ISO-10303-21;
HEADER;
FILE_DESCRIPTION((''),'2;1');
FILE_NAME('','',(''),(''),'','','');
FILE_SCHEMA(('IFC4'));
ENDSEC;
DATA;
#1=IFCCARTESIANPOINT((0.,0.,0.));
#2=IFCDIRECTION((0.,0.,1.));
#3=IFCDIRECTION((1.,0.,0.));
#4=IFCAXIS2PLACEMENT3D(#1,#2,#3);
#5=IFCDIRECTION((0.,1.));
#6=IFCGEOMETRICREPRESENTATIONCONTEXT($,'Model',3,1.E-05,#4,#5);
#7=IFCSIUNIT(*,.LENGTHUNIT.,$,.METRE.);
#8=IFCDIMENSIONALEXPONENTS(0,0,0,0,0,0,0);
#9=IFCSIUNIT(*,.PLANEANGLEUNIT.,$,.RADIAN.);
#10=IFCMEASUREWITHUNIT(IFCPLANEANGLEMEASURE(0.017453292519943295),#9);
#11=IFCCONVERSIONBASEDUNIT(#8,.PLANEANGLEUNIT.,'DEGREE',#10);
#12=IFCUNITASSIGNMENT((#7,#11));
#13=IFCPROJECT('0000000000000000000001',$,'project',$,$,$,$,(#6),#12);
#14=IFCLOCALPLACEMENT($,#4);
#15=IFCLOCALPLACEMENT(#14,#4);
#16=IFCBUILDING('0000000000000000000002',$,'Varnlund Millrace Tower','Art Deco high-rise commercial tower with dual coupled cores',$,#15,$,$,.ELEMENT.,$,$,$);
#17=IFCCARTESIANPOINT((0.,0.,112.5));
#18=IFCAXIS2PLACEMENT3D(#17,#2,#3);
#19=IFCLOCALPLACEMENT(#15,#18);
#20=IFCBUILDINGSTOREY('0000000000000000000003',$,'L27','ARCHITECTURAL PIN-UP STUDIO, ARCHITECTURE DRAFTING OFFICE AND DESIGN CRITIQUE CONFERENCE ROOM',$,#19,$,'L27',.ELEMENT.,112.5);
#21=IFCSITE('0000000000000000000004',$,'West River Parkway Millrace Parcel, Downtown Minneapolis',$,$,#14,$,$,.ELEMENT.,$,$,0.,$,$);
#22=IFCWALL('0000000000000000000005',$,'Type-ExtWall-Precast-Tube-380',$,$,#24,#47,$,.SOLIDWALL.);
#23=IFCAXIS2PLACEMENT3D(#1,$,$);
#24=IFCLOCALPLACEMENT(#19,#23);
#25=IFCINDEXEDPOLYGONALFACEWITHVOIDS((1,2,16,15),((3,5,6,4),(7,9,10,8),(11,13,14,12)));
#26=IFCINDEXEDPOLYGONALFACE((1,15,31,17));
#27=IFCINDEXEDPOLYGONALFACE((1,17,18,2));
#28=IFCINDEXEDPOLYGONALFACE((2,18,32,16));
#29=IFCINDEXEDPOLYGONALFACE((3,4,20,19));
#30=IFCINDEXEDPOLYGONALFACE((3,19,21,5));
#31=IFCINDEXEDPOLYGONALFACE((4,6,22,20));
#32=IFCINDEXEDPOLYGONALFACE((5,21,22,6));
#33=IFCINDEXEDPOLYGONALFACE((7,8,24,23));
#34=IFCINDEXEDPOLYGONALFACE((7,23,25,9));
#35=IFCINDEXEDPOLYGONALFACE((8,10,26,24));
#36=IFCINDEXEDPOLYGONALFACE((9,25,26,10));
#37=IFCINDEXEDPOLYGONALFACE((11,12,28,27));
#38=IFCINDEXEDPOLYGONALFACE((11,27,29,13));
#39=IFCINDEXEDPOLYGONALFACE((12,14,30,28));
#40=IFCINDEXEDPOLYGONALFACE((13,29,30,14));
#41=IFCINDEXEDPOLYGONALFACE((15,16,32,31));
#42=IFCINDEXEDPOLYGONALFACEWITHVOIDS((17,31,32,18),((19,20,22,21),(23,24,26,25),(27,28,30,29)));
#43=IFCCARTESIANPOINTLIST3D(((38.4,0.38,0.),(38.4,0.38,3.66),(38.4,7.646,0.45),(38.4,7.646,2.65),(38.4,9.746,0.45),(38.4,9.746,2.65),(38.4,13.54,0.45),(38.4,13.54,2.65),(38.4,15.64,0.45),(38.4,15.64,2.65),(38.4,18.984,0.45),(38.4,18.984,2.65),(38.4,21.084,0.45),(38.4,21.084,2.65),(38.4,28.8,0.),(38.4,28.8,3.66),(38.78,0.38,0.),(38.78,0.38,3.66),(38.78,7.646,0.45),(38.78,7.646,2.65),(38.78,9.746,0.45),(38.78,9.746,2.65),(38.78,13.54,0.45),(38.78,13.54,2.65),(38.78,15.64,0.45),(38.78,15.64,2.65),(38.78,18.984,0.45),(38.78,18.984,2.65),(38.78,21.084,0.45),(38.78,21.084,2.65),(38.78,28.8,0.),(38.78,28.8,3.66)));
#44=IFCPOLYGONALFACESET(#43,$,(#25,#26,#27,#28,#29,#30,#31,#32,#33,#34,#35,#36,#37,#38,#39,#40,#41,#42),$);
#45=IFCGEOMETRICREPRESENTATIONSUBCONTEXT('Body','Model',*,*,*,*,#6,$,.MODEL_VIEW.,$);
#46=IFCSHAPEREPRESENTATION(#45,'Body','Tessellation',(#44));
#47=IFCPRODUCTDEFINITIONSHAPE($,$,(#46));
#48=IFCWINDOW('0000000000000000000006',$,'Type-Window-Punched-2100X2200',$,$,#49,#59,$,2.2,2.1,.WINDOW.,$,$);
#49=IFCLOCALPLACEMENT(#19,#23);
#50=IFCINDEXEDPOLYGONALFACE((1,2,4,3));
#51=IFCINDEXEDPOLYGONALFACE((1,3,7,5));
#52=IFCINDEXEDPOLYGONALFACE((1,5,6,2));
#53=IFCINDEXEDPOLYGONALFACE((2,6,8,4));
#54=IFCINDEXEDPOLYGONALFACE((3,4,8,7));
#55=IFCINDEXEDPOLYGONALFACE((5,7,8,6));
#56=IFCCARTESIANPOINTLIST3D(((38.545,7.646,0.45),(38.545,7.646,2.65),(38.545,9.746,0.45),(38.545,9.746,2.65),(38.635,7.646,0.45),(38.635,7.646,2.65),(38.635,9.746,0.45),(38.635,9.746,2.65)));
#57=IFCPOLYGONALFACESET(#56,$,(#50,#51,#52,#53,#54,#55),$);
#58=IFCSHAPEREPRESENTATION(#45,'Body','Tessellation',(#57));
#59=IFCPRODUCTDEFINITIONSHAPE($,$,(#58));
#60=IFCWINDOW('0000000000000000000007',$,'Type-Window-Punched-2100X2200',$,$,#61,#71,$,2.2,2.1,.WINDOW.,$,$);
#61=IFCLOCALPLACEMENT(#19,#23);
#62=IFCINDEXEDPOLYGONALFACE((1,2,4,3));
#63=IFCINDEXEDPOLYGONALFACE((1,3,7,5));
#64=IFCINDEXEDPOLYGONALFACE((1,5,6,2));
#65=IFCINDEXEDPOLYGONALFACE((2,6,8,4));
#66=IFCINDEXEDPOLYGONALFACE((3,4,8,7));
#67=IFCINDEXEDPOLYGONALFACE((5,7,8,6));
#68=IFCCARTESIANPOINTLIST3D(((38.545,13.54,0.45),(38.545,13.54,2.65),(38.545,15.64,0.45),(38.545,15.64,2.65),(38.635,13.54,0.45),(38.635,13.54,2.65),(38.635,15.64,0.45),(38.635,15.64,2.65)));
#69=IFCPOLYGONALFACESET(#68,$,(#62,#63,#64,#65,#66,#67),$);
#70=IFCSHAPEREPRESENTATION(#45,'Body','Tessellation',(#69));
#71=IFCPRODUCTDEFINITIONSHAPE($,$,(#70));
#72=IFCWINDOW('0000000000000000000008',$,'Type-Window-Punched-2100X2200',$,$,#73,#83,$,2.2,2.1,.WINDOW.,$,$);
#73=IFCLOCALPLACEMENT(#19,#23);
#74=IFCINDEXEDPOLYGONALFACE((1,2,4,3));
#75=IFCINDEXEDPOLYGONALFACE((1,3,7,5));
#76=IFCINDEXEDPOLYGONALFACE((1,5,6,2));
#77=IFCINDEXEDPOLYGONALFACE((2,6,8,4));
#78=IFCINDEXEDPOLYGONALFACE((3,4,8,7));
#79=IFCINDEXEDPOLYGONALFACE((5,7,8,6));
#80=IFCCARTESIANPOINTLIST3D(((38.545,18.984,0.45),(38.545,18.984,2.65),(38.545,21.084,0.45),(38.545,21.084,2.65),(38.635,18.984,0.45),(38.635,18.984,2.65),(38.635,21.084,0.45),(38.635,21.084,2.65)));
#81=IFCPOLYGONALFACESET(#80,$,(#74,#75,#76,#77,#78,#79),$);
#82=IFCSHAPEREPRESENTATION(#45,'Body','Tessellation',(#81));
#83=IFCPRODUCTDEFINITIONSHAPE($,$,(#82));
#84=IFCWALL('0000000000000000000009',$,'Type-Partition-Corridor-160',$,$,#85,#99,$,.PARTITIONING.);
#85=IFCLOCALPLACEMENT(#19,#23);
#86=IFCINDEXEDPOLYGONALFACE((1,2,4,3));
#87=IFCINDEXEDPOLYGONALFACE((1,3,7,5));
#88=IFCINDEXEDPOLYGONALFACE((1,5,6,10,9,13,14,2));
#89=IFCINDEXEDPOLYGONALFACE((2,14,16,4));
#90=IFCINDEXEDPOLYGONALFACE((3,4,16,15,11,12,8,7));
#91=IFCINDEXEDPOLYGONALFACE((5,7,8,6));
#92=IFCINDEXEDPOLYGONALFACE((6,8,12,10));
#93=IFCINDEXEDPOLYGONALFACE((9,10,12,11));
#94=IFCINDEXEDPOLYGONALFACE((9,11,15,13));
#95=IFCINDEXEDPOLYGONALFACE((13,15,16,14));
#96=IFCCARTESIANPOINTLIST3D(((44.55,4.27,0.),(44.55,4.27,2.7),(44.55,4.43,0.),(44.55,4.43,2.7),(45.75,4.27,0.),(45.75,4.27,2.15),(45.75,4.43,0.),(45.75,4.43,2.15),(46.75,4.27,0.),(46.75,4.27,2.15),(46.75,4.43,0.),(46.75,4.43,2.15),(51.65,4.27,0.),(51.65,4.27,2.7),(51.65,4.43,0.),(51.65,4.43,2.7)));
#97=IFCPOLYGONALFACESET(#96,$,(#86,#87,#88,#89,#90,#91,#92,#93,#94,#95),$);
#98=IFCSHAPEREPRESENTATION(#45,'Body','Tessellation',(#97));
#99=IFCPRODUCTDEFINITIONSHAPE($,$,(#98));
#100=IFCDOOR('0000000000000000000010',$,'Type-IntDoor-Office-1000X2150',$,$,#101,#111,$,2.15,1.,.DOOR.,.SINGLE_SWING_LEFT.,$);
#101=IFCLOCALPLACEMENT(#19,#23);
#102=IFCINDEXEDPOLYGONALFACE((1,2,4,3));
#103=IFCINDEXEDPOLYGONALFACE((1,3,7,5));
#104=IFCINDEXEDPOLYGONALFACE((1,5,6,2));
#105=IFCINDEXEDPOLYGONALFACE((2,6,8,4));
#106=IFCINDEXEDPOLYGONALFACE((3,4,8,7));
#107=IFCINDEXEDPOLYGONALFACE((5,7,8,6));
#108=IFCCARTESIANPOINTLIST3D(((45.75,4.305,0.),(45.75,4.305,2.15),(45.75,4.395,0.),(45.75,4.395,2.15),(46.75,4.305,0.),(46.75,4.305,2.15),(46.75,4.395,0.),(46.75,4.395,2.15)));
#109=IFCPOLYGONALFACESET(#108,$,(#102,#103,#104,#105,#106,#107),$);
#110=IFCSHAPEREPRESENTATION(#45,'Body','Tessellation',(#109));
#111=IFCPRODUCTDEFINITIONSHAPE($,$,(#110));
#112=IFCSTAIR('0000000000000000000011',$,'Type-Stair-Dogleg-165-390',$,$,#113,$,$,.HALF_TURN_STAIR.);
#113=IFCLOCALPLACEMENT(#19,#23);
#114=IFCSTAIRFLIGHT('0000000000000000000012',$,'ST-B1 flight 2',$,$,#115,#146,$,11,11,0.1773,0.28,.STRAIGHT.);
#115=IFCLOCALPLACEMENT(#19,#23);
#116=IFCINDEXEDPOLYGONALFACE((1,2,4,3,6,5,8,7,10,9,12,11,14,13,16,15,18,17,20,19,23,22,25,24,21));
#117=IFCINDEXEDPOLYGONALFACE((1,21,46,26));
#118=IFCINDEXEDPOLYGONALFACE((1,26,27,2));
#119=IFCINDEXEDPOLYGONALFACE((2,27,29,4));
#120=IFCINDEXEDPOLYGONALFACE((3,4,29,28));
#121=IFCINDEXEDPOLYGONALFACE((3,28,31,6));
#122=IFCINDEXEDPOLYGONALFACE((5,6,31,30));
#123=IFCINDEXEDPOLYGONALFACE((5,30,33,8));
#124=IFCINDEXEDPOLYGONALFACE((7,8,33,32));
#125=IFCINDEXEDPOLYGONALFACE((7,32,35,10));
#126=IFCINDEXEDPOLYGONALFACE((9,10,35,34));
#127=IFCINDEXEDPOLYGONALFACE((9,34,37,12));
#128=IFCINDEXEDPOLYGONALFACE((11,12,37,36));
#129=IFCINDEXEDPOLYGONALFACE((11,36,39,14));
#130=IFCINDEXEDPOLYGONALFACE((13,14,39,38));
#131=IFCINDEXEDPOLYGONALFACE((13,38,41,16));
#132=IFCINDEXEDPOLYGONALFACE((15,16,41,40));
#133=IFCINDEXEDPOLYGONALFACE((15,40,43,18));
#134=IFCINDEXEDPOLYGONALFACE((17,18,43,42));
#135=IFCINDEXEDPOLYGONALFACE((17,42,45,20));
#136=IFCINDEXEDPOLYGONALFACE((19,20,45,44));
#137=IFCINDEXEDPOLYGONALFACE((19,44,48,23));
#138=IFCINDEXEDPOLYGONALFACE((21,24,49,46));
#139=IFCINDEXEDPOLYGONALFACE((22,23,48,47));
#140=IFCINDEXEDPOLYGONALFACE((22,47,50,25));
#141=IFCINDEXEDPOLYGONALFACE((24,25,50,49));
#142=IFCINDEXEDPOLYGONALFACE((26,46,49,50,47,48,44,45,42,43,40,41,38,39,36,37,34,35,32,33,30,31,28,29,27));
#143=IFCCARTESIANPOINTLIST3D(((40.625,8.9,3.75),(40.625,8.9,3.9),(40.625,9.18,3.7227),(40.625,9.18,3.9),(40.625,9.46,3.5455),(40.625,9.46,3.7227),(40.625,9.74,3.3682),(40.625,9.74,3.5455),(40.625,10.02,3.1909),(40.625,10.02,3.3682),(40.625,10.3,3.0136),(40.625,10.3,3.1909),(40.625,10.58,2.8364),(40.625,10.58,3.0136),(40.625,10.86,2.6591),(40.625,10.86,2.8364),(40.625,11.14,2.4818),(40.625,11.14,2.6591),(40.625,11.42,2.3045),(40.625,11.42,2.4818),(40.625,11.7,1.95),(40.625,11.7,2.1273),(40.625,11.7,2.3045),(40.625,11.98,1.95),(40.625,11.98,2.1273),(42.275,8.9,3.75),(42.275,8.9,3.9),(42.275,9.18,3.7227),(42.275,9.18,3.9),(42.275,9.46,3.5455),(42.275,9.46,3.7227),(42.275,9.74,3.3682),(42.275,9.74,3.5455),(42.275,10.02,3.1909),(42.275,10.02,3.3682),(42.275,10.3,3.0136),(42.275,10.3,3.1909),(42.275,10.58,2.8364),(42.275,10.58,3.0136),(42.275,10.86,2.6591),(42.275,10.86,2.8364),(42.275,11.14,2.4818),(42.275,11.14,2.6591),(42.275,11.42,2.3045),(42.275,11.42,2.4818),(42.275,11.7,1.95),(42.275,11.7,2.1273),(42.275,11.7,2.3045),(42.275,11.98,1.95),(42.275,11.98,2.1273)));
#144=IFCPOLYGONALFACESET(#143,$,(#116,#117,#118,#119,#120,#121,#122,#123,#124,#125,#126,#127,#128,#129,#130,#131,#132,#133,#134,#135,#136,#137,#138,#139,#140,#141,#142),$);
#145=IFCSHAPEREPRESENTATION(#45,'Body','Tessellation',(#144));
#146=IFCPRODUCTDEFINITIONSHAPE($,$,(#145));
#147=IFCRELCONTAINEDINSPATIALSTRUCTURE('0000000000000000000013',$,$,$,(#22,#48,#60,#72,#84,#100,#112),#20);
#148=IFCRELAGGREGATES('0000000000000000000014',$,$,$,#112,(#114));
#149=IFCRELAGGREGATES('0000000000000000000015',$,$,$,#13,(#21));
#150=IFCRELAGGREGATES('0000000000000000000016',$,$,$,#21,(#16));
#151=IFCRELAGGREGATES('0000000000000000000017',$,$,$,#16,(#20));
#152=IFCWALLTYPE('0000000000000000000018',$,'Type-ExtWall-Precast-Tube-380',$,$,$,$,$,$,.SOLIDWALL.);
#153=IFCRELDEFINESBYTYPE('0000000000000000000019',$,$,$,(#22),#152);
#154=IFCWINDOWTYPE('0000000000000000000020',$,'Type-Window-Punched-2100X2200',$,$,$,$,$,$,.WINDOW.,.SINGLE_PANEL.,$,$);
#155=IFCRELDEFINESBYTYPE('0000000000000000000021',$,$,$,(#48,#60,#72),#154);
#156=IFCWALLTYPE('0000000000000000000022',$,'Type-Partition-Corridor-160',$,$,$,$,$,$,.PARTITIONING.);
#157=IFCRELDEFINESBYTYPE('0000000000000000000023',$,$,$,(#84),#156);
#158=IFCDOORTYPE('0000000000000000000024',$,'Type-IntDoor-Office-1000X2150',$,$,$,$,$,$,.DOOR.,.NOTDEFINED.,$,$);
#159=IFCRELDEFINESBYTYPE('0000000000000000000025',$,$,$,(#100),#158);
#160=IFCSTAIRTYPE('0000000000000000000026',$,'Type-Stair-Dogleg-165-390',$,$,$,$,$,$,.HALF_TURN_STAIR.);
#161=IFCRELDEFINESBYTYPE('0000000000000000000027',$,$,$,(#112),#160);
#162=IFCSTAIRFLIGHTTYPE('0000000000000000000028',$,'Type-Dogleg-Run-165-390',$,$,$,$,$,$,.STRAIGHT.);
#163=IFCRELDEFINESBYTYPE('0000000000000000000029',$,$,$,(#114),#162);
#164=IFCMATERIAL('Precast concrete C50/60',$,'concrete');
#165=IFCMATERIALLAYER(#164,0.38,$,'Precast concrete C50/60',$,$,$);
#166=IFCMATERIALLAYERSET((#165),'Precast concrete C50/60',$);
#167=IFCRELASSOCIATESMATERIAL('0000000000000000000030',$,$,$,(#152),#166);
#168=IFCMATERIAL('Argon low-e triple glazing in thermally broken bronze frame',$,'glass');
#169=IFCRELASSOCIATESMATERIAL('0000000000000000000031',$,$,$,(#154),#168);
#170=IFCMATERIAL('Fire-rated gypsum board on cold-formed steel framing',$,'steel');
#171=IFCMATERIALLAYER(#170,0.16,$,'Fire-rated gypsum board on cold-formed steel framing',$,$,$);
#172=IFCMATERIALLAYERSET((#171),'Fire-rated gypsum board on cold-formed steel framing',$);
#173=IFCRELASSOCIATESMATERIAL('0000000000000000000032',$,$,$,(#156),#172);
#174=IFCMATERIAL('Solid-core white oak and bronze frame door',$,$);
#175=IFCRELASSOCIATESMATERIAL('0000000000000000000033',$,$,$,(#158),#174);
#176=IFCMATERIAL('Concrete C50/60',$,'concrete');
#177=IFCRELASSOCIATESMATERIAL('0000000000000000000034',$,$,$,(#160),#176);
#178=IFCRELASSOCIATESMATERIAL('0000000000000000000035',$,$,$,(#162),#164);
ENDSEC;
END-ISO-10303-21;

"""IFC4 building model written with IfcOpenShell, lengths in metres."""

from ifc_helpers import new_model, entity, si_unit, converted_unit, direction, frame, origin_with_axes, origin_2d_with_axis, place, context, subcontext, project, spatial, polyline, rectangle, outline, extrude, material, layer, layer_set, type_object, element, fill, aggregate, save


model = new_model("IFC4")

# Units and contexts
model_context = context("Model", 3, precision=1e-05, world=origin_with_axes(), true_north=direction((0.0, 1.0)))
body_context = subcontext(model_context, "Body", "Model", "MODEL_VIEW")
ifc_project = project(units=[si_unit("LENGTHUNIT", "METRE"), converted_unit("PLANEANGLEUNIT", "DEGREE", entity("IfcPlaneAngleMeasure", 0.017453292519943295), si_unit("PLANEANGLEUNIT", "RADIAN"), dimensions=[0, 0, 0, 0, 0, 0, 0])], contexts=[model_context])

# Site, building, storey
site_placement = place(None, origin_with_axes())
site = spatial("IfcSite", under=ifc_project, at=site_placement, Name="West River Parkway Millrace Parcel, Downtown Minneapolis", CompositionType="ELEMENT", RefElevation=0.0)
building_placement = place(site_placement, origin_with_axes())
building = spatial("IfcBuilding", under=site, at=building_placement, Name="Varnlund Millrace Tower", Description="Art Deco high-rise commercial tower with dual coupled cores", CompositionType="ELEMENT")
storey_placement = place(building_placement, frame((0.0, 0.0, 112.5), z_axis=(0.0, 0.0, 1.0), x_axis=(1.0, 0.0, 0.0)))
storey = spatial("IfcBuildingStorey", under=building, at=storey_placement, Name="L27", Description="ARCHITECTURAL PIN-UP STUDIO, ARCHITECTURE DRAFTING OFFICE AND DESIGN CRITIQUE CONFERENCE ROOM", LongName="L27", CompositionType="ELEMENT", Elevation=112.5)

# Wall, openings, windows
ifc_material_1 = material(Name="Precast concrete C50/60", Category="concrete")
ifc_layer_1 = layer(ifc_material_1, 0.38, Name="Precast concrete C50/60")
ifc_layer_set_1 = layer_set([ifc_layer_1], Name="Precast concrete C50/60")
wall_type_1 = type_object("IfcWallType", Name="Type-ExtWall-Precast-Tube-380", PredefinedType="SOLIDWALL", material=ifc_layer_set_1)
ifc_material_2 = material(Name="Argon low-e triple glazing in thermally broken bronze frame", Category="glass")
window_type = type_object("IfcWindowType", Name="Type-Window-Punched-2100X2200", PartitioningType="SINGLE_PANEL", PredefinedType="WINDOW", material=ifc_material_2)
wall_1_placement = place(storey_placement, frame((38.59, 0.38, 0.0), z_axis=(0.0, 0.0, 1.0), x_axis=(0.0, 1.0, 0.0)))
wall_1 = element("IfcWall", 1, at=wall_1_placement, inside=storey, type_object=wall_type_1, Name="Type-ExtWall-Precast-Tube-380", PredefinedType="SOLIDWALL", context=body_context, shape_type="SweptSolid", body=[
    extrude(outline(polyline([(0.0, -0.19), (28.42, -0.19), (28.42, 0.19), (0.0, 0.19), (0.0, -0.19)])), origin_with_axes(), (0.0, 0.0, 1.0), 3.66),
])
opening_1_placement = place(wall_1_placement, frame((8.316, 0.0, 0.45), z_axis=(0.0, 0.0, 1.0), x_axis=(1.0, 0.0, 0.0)))
opening_1 = element("IfcOpeningElement", 2, at=opening_1_placement, cuts=wall_1, PredefinedType="OPENING", context=body_context, shape_type="SweptSolid", body=[
    extrude(rectangle(XDim=2.1, YDim=0.4, at=origin_2d_with_axis()), origin_with_axes(), (0.0, 0.0, 1.0), 2.2),
])
opening_2_placement = place(wall_1_placement, frame((14.21, 0.0, 0.45), z_axis=(0.0, 0.0, 1.0), x_axis=(1.0, 0.0, 0.0)))
opening_2 = element("IfcOpeningElement", 3, at=opening_2_placement, cuts=wall_1, PredefinedType="OPENING", context=body_context, shape_type="SweptSolid", body=[
    extrude(rectangle(XDim=2.1, YDim=0.4, at=origin_2d_with_axis()), origin_with_axes(), (0.0, 0.0, 1.0), 2.2),
])
opening_3_placement = place(wall_1_placement, frame((19.654, 0.0, 0.45), z_axis=(0.0, 0.0, 1.0), x_axis=(1.0, 0.0, 0.0)))
opening_3 = element("IfcOpeningElement", 4, at=opening_3_placement, cuts=wall_1, PredefinedType="OPENING", context=body_context, shape_type="SweptSolid", body=[
    extrude(rectangle(XDim=2.1, YDim=0.4, at=origin_2d_with_axis()), origin_with_axes(), (0.0, 0.0, 1.0), 2.2),
])
window_1_placement = place(wall_1_placement, frame((8.316, 0.0, 0.45), z_axis=(0.0, 0.0, 1.0), x_axis=(1.0, 0.0, 0.0)))
window_1 = element("IfcWindow", 5, at=window_1_placement, inside=storey, type_object=window_type, Name="Type-Window-Punched-2100X2200", OverallHeight=2.2, OverallWidth=2.1, PredefinedType="WINDOW", context=body_context, shape_type="SweptSolid", body=[
    extrude(rectangle(XDim=2.1, YDim=0.09, at=origin_2d_with_axis()), origin_with_axes(), (0.0, 0.0, 1.0), 2.2),
])
fill(opening_1, window_1)
window_2_placement = place(wall_1_placement, frame((14.21, 0.0, 0.45), z_axis=(0.0, 0.0, 1.0), x_axis=(1.0, 0.0, 0.0)))
window_2 = element("IfcWindow", 6, at=window_2_placement, inside=storey, type_object=window_type, Name="Type-Window-Punched-2100X2200", OverallHeight=2.2, OverallWidth=2.1, PredefinedType="WINDOW", context=body_context, shape_type="SweptSolid", body=[
    extrude(rectangle(XDim=2.1, YDim=0.09, at=origin_2d_with_axis()), origin_with_axes(), (0.0, 0.0, 1.0), 2.2),
])
fill(opening_2, window_2)
window_3_placement = place(wall_1_placement, frame((19.654, 0.0, 0.45), z_axis=(0.0, 0.0, 1.0), x_axis=(1.0, 0.0, 0.0)))
window_3 = element("IfcWindow", 7, at=window_3_placement, inside=storey, type_object=window_type, Name="Type-Window-Punched-2100X2200", OverallHeight=2.2, OverallWidth=2.1, PredefinedType="WINDOW", context=body_context, shape_type="SweptSolid", body=[
    extrude(rectangle(XDim=2.1, YDim=0.09, at=origin_2d_with_axis()), origin_with_axes(), (0.0, 0.0, 1.0), 2.2),
])
fill(opening_3, window_3)

# Wall, opening, door
ifc_material_3 = material(Name="Fire-rated gypsum board on cold-formed steel framing", Category="steel")
ifc_layer_2 = layer(ifc_material_3, 0.16, Name="Fire-rated gypsum board on cold-formed steel framing")
ifc_layer_set_2 = layer_set([ifc_layer_2], Name="Fire-rated gypsum board on cold-formed steel framing")
wall_type_2 = type_object("IfcWallType", Name="Type-Partition-Corridor-160", PredefinedType="PARTITIONING", material=ifc_layer_set_2)
wall_2_placement = place(storey_placement, frame((44.55, 4.35, 0.0), z_axis=(0.0, 0.0, 1.0), x_axis=(1.0, 0.0, 0.0)))
wall_2 = element("IfcWall", 8, at=wall_2_placement, inside=storey, type_object=wall_type_2, Name="Type-Partition-Corridor-160", PredefinedType="PARTITIONING", context=body_context, shape_type="SweptSolid", body=[
    extrude(outline(polyline([(0.0, -0.08), (7.1, -0.08), (7.1, 0.08), (0.0, 0.08), (0.0, -0.08)])), origin_with_axes(), (0.0, 0.0, 1.0), 2.7),
])
opening_4_placement = place(wall_2_placement, frame((1.7, 0.0, 0.0), z_axis=(0.0, 0.0, 1.0), x_axis=(1.0, 0.0, 0.0)))
opening_4 = element("IfcOpeningElement", 9, at=opening_4_placement, cuts=wall_2, PredefinedType="OPENING", context=body_context, shape_type="SweptSolid", body=[
    extrude(rectangle(XDim=1.0, YDim=0.18, at=origin_2d_with_axis()), origin_with_axes(), (0.0, 0.0, 1.0), 2.15),
])
ifc_material_4 = material(Name="Solid-core white oak and bronze frame door")
door_type = type_object("IfcDoorType", Name="Type-IntDoor-Office-1000X2150", OperationType="NOTDEFINED", PredefinedType="DOOR", material=ifc_material_4)
door_placement = place(wall_2_placement, frame((1.7, 0.0, 0.0), z_axis=(0.0, 0.0, 1.0), x_axis=(1.0, 0.0, 0.0)))
door = element("IfcDoor", 10, at=door_placement, inside=storey, type_object=door_type, Name="Type-IntDoor-Office-1000X2150", OperationType="SINGLE_SWING_LEFT", OverallHeight=2.15, OverallWidth=1.0, PredefinedType="DOOR", context=body_context, shape_type="SweptSolid", body=[
    extrude(rectangle(XDim=1.0, YDim=0.09, at=origin_2d_with_axis()), origin_with_axes(), (0.0, 0.0, 1.0), 2.15),
])
fill(opening_4, door)

# Stair, stair flight
ifc_material_5 = material(Name="Concrete C50/60", Category="concrete")
stair_type = type_object("IfcStairType", Name="Type-Stair-Dogleg-165-390", PredefinedType="HALF_TURN_STAIR", material=ifc_material_5)
stair_placement = place(storey_placement, origin_with_axes())
stair = element("IfcStair", 11, at=stair_placement, inside=storey, type_object=stair_type, Name="Type-Stair-Dogleg-165-390", PredefinedType="HALF_TURN_STAIR")
stair_flight_type = type_object("IfcStairFlightType", Name="Type-Dogleg-Run-165-390", PredefinedType="STRAIGHT", material=ifc_material_1)
stair_flight_placement = place(storey_placement, frame((42.275, 11.98, 1.95), z_axis=(-1.0, 0.0, 0.0), x_axis=(0.0, -1.0, 0.0)))
stair_flight = element("IfcStairFlight", 12, at=stair_flight_placement, type_object=stair_flight_type, Name="ST-B1 flight 2", NumberOfRisers=11, NumberOfTreads=11, PredefinedType="STRAIGHT", RiserHeight=0.1773, TreadLength=0.28, context=body_context, shape_type="SweptSolid", body=[
    extrude(outline(polyline([(0.0, 0.0), (0.0, 0.1773), (0.28, 0.1773), (0.28, 0.3545), (0.56, 0.3545), (0.56, 0.5318), (0.84, 0.5318), (0.84, 0.7091), (1.12, 0.7091), (1.12, 0.8864), (1.4, 0.8864), (1.4, 1.0636), (1.68, 1.0636), (1.68, 1.2409), (1.96, 1.2409), (1.96, 1.4182), (2.24, 1.4182), (2.24, 1.5955), (2.52, 1.5955), (2.52, 1.7727), (2.8, 1.7727), (2.8, 1.95), (3.08, 1.95), (3.08, 1.8), (0.28, 0.0), (0.0, 0.0)])), origin_with_axes(), (0.0, 0.0, 1.0), 1.65),
])
aggregate(stair, [stair_flight])

save(model, "model.ifc")
